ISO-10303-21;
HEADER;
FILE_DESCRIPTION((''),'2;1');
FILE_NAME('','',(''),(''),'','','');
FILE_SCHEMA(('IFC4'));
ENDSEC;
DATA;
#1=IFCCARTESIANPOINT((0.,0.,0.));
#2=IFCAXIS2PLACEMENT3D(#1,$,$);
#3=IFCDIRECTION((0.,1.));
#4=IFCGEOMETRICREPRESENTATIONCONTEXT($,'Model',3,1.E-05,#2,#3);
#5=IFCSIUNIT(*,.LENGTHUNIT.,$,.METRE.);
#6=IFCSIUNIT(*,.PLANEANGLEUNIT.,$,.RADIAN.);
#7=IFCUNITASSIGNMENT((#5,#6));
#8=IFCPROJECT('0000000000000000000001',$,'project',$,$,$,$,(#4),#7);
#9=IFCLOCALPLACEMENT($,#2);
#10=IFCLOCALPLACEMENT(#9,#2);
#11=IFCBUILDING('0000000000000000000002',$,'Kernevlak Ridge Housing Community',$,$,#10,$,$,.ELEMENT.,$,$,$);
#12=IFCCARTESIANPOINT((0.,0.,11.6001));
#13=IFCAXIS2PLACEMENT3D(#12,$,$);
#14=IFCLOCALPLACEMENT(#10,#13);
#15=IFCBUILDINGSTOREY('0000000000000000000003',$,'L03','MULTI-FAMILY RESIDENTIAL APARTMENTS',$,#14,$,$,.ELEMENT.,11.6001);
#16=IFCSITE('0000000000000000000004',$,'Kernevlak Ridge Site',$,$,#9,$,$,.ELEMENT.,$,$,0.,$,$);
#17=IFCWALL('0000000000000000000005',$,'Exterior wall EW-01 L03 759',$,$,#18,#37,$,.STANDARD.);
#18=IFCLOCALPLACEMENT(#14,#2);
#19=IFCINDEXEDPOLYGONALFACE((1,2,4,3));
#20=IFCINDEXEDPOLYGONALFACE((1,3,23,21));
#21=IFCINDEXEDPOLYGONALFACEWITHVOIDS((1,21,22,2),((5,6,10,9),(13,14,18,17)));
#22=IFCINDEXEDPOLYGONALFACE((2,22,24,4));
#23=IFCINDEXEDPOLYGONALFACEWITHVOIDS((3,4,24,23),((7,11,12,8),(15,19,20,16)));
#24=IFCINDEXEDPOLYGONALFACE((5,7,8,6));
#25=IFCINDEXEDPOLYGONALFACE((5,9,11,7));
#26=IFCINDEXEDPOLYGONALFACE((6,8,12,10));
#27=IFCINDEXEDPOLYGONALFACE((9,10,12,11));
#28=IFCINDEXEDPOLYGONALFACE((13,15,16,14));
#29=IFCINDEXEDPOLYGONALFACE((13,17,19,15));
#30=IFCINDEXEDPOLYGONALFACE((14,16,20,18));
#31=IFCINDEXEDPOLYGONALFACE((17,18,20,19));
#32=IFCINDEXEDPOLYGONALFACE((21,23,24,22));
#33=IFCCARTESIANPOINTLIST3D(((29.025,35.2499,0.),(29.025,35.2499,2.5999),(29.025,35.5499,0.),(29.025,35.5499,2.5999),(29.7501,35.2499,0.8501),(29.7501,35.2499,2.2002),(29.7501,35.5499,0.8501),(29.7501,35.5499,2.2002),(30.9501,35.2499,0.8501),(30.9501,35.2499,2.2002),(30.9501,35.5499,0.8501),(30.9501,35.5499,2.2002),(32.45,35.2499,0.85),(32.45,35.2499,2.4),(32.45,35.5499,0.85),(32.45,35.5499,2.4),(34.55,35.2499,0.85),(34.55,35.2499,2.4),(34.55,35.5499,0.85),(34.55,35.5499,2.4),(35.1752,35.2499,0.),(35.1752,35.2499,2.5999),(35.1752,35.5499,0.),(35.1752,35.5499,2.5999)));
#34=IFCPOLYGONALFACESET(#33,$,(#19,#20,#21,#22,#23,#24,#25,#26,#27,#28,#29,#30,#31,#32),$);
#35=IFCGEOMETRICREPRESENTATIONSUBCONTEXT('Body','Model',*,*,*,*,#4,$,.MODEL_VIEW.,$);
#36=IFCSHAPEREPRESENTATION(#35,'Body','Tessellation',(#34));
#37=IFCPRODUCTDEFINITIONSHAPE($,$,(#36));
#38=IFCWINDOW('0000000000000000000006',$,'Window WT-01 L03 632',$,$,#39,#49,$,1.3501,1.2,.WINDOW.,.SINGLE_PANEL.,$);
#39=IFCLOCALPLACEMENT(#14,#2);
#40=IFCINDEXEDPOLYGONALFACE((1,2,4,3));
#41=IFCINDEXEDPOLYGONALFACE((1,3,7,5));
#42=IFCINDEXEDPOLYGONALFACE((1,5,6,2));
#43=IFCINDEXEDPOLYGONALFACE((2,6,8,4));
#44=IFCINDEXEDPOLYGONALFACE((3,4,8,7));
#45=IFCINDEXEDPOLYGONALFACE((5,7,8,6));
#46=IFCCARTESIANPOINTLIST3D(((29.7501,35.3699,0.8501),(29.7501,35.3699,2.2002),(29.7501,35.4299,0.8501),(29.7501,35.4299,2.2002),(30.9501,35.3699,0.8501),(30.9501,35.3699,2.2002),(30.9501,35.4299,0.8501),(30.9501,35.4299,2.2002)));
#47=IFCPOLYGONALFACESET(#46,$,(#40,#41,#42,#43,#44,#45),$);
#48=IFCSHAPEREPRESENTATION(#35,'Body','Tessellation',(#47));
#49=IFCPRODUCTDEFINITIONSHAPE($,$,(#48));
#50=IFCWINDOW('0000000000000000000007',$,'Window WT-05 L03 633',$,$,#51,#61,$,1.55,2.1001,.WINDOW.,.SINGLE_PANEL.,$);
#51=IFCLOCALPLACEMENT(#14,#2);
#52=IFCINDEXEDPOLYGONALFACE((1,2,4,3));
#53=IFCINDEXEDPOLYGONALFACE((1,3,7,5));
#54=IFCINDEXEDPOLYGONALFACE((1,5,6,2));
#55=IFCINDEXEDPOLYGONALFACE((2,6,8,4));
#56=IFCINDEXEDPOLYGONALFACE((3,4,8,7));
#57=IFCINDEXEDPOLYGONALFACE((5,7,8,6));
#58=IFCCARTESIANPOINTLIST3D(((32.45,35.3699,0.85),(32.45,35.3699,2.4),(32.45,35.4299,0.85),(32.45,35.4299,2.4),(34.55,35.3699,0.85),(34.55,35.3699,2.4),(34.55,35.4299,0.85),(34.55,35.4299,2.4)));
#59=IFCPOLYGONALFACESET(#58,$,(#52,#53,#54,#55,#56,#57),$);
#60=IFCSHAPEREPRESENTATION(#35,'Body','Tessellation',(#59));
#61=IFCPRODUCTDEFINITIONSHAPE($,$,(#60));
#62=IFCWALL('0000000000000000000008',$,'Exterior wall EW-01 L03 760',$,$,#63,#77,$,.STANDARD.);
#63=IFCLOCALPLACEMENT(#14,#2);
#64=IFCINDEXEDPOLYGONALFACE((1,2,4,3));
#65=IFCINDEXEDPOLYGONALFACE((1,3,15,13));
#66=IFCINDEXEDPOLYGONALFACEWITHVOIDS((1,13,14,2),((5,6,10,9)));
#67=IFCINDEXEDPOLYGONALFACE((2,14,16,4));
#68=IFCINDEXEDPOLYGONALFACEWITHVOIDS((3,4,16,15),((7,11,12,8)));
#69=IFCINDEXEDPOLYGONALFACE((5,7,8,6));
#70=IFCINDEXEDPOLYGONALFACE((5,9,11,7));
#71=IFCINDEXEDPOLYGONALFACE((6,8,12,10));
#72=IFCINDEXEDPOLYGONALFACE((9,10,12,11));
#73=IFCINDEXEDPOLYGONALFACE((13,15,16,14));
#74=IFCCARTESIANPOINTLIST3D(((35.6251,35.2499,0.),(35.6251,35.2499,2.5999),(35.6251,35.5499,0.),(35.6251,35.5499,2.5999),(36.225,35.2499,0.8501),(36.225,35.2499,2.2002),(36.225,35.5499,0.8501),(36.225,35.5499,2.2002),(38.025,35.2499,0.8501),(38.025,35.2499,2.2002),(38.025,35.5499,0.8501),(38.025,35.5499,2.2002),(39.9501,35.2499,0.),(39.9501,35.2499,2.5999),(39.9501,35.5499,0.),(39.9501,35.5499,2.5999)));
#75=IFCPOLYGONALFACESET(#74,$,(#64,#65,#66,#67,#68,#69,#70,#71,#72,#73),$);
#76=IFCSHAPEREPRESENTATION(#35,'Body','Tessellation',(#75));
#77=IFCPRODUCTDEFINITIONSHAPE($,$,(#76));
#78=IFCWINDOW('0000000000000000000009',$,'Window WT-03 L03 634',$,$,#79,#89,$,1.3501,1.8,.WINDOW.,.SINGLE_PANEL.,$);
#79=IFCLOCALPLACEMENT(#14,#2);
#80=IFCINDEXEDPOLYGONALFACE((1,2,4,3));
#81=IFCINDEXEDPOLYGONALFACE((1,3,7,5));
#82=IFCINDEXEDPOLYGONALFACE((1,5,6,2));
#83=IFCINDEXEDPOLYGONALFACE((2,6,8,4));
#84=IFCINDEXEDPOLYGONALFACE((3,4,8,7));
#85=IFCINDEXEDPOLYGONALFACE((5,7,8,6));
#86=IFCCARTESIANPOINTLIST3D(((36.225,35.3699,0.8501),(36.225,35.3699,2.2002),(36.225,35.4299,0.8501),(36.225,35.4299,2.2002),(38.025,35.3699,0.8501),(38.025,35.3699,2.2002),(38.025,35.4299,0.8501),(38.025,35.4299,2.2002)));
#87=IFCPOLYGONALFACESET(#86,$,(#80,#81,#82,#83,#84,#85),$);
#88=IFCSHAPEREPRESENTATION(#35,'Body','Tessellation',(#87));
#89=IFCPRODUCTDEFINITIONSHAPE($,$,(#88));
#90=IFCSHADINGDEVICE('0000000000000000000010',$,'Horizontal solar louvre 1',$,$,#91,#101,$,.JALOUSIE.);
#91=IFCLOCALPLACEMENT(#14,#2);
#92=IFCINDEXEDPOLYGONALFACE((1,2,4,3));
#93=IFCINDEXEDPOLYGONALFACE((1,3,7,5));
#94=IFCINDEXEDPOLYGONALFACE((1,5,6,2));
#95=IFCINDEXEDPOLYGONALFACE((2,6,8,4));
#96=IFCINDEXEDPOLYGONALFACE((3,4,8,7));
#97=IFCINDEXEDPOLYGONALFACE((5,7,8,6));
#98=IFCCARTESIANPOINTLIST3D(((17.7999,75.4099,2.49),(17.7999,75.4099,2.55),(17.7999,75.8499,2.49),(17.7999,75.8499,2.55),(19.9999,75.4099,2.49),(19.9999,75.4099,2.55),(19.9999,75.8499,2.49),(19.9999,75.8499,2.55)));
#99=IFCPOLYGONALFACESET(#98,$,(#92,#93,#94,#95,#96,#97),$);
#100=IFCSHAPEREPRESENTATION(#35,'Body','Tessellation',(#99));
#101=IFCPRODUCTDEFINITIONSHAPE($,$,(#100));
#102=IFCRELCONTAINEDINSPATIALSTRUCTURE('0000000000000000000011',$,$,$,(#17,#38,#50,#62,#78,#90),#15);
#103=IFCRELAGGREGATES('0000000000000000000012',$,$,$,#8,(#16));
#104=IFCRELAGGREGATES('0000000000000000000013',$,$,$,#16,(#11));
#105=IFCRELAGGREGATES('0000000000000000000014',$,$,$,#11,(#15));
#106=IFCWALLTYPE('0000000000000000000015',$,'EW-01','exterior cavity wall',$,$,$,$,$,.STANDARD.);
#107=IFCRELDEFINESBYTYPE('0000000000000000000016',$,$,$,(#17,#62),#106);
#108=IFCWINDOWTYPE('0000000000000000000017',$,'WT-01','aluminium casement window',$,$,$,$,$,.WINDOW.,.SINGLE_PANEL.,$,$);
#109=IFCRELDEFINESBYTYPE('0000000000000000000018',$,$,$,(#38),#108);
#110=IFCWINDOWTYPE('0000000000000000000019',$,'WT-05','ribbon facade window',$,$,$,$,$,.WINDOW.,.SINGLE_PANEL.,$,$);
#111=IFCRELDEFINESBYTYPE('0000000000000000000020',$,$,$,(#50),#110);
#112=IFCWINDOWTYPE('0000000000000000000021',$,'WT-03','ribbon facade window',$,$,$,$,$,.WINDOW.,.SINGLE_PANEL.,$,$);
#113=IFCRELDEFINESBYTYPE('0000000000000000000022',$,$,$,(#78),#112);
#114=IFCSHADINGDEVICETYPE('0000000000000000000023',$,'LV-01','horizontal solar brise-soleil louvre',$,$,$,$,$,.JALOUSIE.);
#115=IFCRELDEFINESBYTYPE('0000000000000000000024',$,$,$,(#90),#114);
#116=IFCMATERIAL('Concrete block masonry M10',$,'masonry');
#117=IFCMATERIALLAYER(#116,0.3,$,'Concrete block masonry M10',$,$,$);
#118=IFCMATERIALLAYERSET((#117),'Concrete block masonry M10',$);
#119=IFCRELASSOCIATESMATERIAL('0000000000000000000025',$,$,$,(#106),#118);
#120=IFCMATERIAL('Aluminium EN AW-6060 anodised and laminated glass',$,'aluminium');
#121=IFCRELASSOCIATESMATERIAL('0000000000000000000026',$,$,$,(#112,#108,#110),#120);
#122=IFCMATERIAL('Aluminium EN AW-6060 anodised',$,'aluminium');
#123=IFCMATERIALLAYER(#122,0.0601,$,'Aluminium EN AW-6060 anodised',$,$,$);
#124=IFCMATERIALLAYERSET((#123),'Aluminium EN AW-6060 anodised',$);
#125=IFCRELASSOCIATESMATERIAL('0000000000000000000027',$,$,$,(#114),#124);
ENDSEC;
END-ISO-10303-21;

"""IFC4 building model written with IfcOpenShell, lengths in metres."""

from ifc_helpers import new_model, si_unit, direction, frame, frame_2d, origin, origin_2d, place, context, subcontext, project, spatial, rectangle, extrude, material, layer, layer_set, type_object, element, fill, save


model = new_model("IFC4")

# Units and contexts
model_context = context("Model", 3, precision=1e-05, world=origin(), true_north=direction((0.0, 1.0)))
body_context = subcontext(model_context, "Body", "Model", "MODEL_VIEW")
ifc_project = project(units=[si_unit("LENGTHUNIT", "METRE"), si_unit("PLANEANGLEUNIT", "RADIAN")], contexts=[model_context])

# Site, building, storey
site_placement = place(None, origin())
site = spatial("IfcSite", under=ifc_project, at=site_placement, Name="Kernevlak Ridge Site", CompositionType="ELEMENT", RefElevation=0.0)
building_placement = place(site_placement, origin())
building = spatial("IfcBuilding", under=site, at=building_placement, Name="Kernevlak Ridge Housing Community", CompositionType="ELEMENT")
storey_placement = place(building_placement, frame((0.0, 0.0, 11.6001)))
storey = spatial("IfcBuildingStorey", under=building, at=storey_placement, Name="L03", Description="MULTI-FAMILY RESIDENTIAL APARTMENTS", CompositionType="ELEMENT", Elevation=11.6001)

# Wall, openings, windows
ifc_material_1 = material(Name="Concrete block masonry M10", Category="masonry")
ifc_layer_1 = layer(ifc_material_1, 0.3, Name="Concrete block masonry M10")
ifc_layer_set_1 = layer_set([ifc_layer_1], Name="Concrete block masonry M10")
wall_type = type_object("IfcWallType", Name="EW-01", Description="exterior cavity wall", PredefinedType="STANDARD", material=ifc_layer_set_1)
ifc_material_2 = material(Name="Aluminium EN AW-6060 anodised and laminated glass", Category="aluminium")
window_type_1 = type_object("IfcWindowType", Name="WT-03", Description="ribbon facade window", PartitioningType="SINGLE_PANEL", PredefinedType="WINDOW", material=ifc_material_2)
wall_1_placement = place(storey_placement, frame((29.0249, 35.3999, 0.0), z_axis=(0.0, 0.0, 1.0), x_axis=(1.0, 0.0, 0.0)))
wall_1 = element("IfcWall", 1, at=wall_1_placement, inside=storey, type_object=wall_type, Name="Exterior wall EW-01 L03 759", PredefinedType="STANDARD", context=body_context, shape_type="SweptSolid", body=[
    extrude(rectangle(XDim=6.1501, YDim=0.3, at=frame_2d((3.0752, 0.0))), origin(), (0.0, 0.0, 1.0), 2.5999),
])
opening_1_placement = place(wall_1_placement, frame((0.7251, 0.0, 0.8501)))
opening_1 = element("IfcOpeningElement", 2, at=opening_1_placement, cuts=wall_1, PredefinedType="OPENING", context=body_context, shape_type="SweptSolid", body=[
    extrude(rectangle(XDim=1.2, YDim=1.3501, at=frame_2d((0.6001, 0.675))), frame((0.0, 0.1599, 0.0), z_axis=(0.0, -1.0, 0.0), x_axis=(1.0, 0.0, 0.0)), (0.0, 0.0, 1.0), 0.3201),
])
opening_2_placement = place(wall_1_placement, frame((3.425, 0.0, 0.8501)))
opening_2 = element("IfcOpeningElement", 3, at=opening_2_placement, cuts=wall_1, PredefinedType="OPENING", context=body_context, shape_type="SweptSolid", body=[
    extrude(rectangle(XDim=2.1001, YDim=1.55, at=frame_2d((1.05, 0.7749))), frame((0.0, 0.1599, 0.0), z_axis=(0.0, -1.0, 0.0), x_axis=(1.0, 0.0, 0.0)), (0.0, 0.0, 1.0), 0.3201),
])
window_type_2 = type_object("IfcWindowType", Name="WT-01", Description="aluminium casement window", PartitioningType="SINGLE_PANEL", PredefinedType="WINDOW", material=ifc_material_2)
window_1_placement = place(opening_1_placement, origin())
window_1 = element("IfcWindow", 4, at=window_1_placement, inside=storey, type_object=window_type_2, Name="Window WT-01 L03 632", OverallHeight=1.3501, OverallWidth=1.2, PartitioningType="SINGLE_PANEL", PredefinedType="WINDOW", context=body_context, shape_type="SweptSolid", body=[
    extrude(rectangle(XDim=1.2, YDim=1.3501, at=frame_2d((0.6001, 0.675))), frame((0.0, 0.03, 0.0), z_axis=(0.0, -1.0, 0.0), x_axis=(1.0, 0.0, 0.0)), (0.0, 0.0, 1.0), 0.0601),
])
fill(opening_1, window_1)
window_type_3 = type_object("IfcWindowType", Name="WT-05", Description="ribbon facade window", PartitioningType="SINGLE_PANEL", PredefinedType="WINDOW", material=ifc_material_2)
window_2_placement = place(opening_2_placement, origin())
window_2 = element("IfcWindow", 5, at=window_2_placement, inside=storey, type_object=window_type_3, Name="Window WT-05 L03 633", OverallHeight=1.55, OverallWidth=2.1001, PartitioningType="SINGLE_PANEL", PredefinedType="WINDOW", context=body_context, shape_type="SweptSolid", body=[
    extrude(rectangle(XDim=2.1001, YDim=1.55, at=frame_2d((1.05, 0.7749))), frame((0.0, 0.03, 0.0), z_axis=(0.0, -1.0, 0.0), x_axis=(1.0, 0.0, 0.0)), (0.0, 0.0, 1.0), 0.0601),
])
fill(opening_2, window_2)

# Wall, opening, window
wall_2_placement = place(storey_placement, frame((35.625, 35.3999, 0.0), z_axis=(0.0, 0.0, 1.0), x_axis=(1.0, 0.0, 0.0)))
wall_2 = element("IfcWall", 6, at=wall_2_placement, inside=storey, type_object=wall_type, Name="Exterior wall EW-01 L03 760", PredefinedType="STANDARD", context=body_context, shape_type="SweptSolid", body=[
    extrude(rectangle(XDim=4.325, YDim=0.3, at=frame_2d((2.1626, 0.0))), origin(), (0.0, 0.0, 1.0), 2.5999),
])
opening_3_placement = place(wall_2_placement, frame((0.6001, 0.0, 0.8501)))
opening_3 = element("IfcOpeningElement", 7, at=opening_3_placement, cuts=wall_2, PredefinedType="OPENING", context=body_context, shape_type="SweptSolid", body=[
    extrude(rectangle(XDim=1.8, YDim=1.3501, at=frame_2d((0.8999, 0.675))), frame((0.0, 0.1599, 0.0), z_axis=(0.0, -1.0, 0.0), x_axis=(1.0, 0.0, 0.0)), (0.0, 0.0, 1.0), 0.3201),
])
window_3_placement = place(opening_3_placement, origin())
window_3 = element("IfcWindow", 8, at=window_3_placement, inside=storey, type_object=window_type_1, Name="Window WT-03 L03 634", OverallHeight=1.3501, OverallWidth=1.8, PartitioningType="SINGLE_PANEL", PredefinedType="WINDOW", context=body_context, shape_type="SweptSolid", body=[
    extrude(rectangle(XDim=1.8, YDim=1.3501, at=frame_2d((0.8999, 0.675))), frame((0.0, 0.03, 0.0), z_axis=(0.0, -1.0, 0.0), x_axis=(1.0, 0.0, 0.0)), (0.0, 0.0, 1.0), 0.0601),
])
fill(opening_3, window_3)

# Shading device
ifc_material_3 = material(Name="Aluminium EN AW-6060 anodised", Category="aluminium")
ifc_layer_2 = layer(ifc_material_3, 0.0601, Name="Aluminium EN AW-6060 anodised")
ifc_layer_set_2 = layer_set([ifc_layer_2], Name="Aluminium EN AW-6060 anodised")
shading_device_type = type_object("IfcShadingDeviceType", Name="LV-01", Description="horizontal solar brise-soleil louvre", PredefinedType="JALOUSIE", material=ifc_layer_set_2)
shading_device_placement = place(storey_placement, frame((18.8999, 75.6299, 2.49), z_axis=(0.0, 0.0, 1.0), x_axis=(1.0, 0.0, 0.0)))
element("IfcShadingDevice", 9, at=shading_device_placement, inside=storey, type_object=shading_device_type, Name="Horizontal solar louvre 1", PredefinedType="JALOUSIE", context=body_context, shape_type="SweptSolid", body=[
    extrude(rectangle(XDim=2.2, YDim=0.4399, at=origin_2d()), origin(), (0.0, 0.0, 1.0), 0.0601),
])

save(model, "model.ifc")
